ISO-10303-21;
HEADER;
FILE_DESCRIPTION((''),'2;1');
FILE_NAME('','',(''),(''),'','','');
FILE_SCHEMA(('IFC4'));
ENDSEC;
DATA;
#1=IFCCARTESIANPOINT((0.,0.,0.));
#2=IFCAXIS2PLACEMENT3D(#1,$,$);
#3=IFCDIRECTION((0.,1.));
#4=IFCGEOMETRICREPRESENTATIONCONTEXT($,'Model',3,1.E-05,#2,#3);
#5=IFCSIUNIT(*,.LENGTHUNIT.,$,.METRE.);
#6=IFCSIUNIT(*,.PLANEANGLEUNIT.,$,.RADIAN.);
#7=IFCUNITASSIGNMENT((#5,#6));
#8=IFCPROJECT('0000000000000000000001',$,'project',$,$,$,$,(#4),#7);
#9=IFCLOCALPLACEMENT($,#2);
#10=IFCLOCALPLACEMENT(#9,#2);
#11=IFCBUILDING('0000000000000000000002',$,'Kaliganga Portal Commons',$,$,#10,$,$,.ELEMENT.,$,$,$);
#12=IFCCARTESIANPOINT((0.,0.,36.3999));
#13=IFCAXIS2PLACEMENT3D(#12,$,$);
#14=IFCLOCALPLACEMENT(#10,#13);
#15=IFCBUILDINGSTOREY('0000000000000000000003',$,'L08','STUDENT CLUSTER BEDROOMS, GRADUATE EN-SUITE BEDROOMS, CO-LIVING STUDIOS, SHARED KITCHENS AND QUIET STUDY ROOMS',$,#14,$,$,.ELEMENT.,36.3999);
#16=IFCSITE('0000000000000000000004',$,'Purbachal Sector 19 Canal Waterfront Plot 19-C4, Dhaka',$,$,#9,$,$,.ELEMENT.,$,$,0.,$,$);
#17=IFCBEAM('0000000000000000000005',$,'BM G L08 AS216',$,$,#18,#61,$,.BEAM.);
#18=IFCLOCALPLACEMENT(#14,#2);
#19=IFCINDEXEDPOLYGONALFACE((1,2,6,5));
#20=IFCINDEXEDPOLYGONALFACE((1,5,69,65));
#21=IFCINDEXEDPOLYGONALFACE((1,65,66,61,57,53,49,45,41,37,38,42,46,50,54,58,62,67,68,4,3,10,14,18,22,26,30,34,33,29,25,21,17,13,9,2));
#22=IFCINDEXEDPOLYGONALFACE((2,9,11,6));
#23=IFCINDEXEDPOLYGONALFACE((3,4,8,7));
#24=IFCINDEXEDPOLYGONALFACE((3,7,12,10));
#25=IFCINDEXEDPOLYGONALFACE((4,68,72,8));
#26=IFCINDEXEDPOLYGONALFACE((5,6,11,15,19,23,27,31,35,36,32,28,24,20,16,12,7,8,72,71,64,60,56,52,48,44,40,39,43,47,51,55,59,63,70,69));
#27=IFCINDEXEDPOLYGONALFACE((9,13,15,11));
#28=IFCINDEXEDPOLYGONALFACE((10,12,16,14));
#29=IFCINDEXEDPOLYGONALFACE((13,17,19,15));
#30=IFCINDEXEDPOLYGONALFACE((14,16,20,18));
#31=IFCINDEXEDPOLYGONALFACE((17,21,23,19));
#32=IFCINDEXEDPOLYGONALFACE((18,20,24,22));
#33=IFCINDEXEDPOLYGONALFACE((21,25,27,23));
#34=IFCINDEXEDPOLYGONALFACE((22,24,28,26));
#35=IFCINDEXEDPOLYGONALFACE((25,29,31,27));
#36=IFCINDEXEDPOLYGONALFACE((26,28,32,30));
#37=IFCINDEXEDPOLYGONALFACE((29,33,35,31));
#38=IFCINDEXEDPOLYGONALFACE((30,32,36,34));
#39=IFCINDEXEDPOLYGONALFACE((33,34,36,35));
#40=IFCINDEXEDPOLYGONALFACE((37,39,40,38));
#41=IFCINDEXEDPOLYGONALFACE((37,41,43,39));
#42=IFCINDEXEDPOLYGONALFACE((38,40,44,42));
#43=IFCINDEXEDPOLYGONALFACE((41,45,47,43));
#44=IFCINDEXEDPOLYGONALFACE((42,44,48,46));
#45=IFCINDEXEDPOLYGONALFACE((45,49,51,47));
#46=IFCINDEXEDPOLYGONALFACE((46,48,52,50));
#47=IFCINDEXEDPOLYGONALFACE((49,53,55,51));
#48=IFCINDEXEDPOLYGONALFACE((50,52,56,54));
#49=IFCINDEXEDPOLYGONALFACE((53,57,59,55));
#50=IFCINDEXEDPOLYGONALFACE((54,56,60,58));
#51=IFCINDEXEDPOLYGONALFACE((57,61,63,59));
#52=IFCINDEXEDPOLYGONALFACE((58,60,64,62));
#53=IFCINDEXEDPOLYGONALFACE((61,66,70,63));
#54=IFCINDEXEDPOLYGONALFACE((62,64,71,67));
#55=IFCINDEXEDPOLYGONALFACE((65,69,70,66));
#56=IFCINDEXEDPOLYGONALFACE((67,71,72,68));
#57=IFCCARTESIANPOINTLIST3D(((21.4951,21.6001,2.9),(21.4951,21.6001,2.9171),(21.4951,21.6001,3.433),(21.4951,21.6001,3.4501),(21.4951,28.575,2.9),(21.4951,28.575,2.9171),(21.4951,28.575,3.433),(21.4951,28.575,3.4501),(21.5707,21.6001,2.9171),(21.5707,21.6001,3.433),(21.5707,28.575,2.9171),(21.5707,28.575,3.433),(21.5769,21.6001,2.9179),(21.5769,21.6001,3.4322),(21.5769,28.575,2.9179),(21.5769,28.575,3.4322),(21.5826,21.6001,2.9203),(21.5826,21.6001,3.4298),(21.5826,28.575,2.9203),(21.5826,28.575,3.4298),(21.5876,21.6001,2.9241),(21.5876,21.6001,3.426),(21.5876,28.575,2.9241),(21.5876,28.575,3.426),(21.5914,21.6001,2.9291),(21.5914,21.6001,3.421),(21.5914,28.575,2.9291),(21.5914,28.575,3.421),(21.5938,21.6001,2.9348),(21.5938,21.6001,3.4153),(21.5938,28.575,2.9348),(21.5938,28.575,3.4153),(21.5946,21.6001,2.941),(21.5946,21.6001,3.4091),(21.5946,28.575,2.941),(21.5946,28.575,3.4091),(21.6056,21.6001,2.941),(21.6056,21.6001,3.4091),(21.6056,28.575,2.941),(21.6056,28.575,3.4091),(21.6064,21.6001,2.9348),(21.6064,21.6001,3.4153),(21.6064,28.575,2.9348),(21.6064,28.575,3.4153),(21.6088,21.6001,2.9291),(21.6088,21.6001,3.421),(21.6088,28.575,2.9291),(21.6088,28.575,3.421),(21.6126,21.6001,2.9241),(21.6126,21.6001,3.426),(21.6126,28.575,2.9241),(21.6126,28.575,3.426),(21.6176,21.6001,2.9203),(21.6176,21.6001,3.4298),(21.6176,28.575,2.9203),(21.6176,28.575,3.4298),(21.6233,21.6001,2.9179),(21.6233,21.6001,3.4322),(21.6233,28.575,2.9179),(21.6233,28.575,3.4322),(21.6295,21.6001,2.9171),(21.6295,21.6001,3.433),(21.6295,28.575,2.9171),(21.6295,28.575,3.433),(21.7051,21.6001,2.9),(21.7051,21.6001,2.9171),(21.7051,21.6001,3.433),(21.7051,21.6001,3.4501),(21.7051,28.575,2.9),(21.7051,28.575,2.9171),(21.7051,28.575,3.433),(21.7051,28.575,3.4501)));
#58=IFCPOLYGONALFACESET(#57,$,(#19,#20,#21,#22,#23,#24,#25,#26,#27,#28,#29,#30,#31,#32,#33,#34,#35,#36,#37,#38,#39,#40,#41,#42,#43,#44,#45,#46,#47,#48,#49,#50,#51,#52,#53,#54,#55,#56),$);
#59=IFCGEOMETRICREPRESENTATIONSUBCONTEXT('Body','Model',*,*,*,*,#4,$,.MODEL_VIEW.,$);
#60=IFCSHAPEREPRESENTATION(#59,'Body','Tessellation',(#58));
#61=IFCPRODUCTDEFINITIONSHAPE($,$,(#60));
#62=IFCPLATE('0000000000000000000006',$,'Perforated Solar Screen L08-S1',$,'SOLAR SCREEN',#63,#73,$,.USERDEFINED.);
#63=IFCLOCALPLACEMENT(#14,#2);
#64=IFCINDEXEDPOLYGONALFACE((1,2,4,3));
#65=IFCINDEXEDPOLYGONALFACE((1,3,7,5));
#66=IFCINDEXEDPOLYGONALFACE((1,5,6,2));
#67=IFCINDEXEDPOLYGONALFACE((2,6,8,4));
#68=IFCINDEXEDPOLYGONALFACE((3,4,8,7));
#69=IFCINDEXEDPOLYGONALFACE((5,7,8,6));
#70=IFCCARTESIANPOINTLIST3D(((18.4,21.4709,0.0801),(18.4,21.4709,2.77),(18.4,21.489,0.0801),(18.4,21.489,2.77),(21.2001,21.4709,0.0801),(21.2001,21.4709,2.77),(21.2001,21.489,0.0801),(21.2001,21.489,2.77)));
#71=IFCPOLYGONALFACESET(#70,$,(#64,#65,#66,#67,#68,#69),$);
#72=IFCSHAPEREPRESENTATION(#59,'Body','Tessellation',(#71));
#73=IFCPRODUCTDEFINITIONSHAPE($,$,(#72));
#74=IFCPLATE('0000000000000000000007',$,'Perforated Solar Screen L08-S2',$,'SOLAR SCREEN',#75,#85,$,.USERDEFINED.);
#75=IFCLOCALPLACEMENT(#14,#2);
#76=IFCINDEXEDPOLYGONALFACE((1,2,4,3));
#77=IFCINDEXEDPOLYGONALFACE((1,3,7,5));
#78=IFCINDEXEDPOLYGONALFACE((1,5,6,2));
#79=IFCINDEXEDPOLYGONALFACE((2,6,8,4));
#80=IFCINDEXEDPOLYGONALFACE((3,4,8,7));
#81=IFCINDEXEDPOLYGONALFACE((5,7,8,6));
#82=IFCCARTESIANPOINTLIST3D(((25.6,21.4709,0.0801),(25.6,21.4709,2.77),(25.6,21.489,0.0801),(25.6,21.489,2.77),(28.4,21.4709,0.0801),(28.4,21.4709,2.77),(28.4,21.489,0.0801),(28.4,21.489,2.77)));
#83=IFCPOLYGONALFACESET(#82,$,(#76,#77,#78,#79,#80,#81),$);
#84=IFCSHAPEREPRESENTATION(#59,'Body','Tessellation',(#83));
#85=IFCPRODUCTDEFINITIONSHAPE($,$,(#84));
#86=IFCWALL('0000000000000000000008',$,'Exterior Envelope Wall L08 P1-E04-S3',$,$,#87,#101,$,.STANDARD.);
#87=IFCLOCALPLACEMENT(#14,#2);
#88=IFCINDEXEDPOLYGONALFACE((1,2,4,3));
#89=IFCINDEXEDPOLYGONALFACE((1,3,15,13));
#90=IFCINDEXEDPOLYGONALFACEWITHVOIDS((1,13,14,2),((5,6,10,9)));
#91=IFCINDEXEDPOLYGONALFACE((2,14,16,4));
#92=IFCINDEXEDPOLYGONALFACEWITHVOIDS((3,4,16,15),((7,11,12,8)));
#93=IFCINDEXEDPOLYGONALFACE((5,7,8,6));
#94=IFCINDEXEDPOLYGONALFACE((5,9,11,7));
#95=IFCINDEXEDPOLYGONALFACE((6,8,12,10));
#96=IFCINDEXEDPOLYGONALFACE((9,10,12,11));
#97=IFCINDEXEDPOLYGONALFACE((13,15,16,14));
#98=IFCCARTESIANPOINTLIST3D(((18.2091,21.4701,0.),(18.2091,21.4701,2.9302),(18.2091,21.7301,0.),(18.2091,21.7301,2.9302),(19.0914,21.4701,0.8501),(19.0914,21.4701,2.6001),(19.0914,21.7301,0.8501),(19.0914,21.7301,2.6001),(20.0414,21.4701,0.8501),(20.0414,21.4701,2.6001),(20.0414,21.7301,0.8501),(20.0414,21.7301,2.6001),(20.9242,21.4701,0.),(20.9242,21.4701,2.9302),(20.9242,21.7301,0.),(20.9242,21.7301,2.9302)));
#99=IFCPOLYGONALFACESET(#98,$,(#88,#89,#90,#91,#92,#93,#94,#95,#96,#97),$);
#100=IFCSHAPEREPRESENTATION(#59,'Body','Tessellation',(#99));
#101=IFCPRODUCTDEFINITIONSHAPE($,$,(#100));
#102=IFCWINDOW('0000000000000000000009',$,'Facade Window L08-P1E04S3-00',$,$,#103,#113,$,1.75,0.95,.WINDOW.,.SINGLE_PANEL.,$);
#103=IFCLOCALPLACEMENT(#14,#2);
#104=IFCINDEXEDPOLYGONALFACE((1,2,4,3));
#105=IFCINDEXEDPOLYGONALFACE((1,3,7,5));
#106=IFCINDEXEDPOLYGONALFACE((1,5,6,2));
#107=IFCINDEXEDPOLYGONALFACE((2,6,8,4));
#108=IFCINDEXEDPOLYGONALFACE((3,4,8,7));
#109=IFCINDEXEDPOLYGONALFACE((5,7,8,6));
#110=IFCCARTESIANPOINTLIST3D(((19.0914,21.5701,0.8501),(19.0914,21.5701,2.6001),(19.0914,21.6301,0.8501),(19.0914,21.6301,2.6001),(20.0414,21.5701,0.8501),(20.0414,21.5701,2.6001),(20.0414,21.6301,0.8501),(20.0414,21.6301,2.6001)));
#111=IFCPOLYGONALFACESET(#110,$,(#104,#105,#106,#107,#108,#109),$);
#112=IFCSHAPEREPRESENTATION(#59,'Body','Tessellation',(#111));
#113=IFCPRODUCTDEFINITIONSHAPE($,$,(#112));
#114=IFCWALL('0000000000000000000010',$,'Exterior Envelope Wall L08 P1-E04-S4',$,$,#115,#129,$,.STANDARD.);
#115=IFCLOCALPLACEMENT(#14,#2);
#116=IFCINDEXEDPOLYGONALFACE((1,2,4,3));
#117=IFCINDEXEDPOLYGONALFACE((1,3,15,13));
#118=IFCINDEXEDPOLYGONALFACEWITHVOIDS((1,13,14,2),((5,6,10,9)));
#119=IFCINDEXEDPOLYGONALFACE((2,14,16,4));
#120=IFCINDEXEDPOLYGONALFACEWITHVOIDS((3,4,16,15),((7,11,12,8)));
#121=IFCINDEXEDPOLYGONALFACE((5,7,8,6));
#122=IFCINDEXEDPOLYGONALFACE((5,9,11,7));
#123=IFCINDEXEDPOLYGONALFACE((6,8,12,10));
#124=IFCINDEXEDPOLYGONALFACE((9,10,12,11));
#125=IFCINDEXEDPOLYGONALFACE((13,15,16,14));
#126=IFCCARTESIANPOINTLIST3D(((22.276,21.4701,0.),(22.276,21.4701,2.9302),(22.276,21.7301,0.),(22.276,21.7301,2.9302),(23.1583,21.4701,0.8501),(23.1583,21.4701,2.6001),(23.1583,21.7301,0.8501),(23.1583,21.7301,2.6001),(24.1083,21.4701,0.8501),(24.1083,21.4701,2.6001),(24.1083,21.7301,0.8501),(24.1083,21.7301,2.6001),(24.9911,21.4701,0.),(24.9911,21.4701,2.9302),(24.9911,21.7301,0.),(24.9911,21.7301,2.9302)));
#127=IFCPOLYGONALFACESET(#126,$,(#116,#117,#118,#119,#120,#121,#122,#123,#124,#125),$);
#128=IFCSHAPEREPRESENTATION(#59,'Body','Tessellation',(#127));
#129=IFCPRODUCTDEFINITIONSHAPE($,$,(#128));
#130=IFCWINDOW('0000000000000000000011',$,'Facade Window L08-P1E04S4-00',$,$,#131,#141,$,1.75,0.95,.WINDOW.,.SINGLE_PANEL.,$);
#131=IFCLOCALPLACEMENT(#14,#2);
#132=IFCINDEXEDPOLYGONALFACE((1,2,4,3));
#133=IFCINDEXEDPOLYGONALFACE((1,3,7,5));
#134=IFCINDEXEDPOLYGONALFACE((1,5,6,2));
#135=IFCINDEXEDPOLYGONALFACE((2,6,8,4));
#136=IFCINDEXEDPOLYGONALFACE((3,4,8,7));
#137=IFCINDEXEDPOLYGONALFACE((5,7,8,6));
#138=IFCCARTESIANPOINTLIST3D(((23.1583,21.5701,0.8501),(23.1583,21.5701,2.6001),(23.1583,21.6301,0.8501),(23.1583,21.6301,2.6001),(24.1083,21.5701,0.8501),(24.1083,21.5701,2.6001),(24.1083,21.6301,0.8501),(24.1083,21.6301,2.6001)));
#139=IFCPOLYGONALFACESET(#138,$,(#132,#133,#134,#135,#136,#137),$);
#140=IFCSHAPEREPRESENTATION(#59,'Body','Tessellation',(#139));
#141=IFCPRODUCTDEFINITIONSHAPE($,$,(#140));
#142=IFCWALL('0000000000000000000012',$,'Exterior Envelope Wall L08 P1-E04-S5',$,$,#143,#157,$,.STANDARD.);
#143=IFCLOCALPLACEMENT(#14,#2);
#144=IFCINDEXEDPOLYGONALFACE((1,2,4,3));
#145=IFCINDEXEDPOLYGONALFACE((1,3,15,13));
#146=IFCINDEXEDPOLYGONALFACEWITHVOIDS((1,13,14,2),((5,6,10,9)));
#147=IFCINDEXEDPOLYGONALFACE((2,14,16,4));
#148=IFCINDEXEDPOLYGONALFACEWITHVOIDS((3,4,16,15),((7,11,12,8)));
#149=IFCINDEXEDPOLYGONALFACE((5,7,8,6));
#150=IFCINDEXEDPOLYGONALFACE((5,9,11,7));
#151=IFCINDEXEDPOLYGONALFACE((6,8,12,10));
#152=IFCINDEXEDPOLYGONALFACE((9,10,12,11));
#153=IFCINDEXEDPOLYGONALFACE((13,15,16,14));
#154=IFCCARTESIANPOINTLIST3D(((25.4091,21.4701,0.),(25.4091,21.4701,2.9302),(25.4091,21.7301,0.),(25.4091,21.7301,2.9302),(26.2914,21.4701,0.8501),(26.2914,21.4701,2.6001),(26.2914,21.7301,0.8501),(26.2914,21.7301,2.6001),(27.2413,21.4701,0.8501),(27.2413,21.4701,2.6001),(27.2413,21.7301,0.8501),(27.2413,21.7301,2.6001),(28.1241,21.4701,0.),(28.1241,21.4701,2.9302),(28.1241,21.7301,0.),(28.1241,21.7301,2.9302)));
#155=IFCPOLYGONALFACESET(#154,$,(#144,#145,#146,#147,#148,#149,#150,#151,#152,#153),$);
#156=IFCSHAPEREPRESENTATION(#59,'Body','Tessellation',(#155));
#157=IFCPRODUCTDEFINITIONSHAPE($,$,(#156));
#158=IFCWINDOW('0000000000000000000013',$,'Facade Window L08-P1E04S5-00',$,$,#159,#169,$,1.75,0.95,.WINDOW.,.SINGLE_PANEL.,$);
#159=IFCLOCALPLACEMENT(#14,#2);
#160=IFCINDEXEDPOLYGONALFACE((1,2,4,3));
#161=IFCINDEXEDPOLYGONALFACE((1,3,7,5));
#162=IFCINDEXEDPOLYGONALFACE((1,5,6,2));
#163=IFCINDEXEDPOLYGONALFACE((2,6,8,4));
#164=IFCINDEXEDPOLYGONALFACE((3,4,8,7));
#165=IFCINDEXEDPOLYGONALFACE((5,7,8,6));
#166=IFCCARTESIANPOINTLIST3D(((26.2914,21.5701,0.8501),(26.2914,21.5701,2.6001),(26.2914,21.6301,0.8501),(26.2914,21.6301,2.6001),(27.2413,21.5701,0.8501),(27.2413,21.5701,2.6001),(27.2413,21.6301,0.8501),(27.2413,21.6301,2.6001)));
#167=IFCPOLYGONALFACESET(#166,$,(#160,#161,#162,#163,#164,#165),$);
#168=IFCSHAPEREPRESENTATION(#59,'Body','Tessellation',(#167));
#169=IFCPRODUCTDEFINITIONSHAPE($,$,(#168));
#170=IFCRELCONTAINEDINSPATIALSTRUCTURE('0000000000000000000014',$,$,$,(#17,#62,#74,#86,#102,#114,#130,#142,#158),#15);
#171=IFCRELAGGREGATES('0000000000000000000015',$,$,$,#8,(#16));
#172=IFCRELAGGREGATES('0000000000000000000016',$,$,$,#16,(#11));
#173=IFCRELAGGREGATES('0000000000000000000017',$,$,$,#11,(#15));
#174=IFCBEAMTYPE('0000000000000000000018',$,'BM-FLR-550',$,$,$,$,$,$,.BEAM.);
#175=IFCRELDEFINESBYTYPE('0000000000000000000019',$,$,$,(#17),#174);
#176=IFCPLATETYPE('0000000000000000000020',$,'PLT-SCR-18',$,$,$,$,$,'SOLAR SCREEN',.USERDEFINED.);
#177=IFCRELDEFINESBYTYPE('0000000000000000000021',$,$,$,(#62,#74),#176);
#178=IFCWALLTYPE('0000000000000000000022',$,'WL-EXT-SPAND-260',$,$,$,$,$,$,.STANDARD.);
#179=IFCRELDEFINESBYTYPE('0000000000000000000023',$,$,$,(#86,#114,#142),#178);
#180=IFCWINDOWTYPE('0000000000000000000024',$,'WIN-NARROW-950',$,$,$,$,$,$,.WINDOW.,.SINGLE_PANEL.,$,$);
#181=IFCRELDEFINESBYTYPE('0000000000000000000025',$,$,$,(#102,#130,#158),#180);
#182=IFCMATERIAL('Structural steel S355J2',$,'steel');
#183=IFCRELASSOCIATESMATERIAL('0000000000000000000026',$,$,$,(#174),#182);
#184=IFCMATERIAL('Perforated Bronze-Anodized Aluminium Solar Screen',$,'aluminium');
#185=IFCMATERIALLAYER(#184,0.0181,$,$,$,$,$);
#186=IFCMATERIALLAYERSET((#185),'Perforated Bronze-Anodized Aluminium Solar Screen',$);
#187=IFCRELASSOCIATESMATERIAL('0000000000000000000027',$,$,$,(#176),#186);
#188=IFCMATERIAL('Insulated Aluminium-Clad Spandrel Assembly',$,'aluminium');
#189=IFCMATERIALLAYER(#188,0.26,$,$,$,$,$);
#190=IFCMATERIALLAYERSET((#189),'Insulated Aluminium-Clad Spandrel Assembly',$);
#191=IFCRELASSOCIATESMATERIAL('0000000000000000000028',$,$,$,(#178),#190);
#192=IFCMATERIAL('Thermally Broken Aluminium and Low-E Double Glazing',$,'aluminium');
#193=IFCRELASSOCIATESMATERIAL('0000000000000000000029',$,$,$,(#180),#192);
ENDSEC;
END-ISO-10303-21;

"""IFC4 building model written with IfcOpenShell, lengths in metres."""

from ifc_helpers import new_model, si_unit, direction, frame, frame_2d, origin, origin_2d, place, context, subcontext, project, spatial, rectangle, i_section, extrude, source, transform, mapped, material, layer, layer_set, material_profile, profile_set, type_object, element, fill, save


model = new_model("IFC4")

# Units and contexts
model_context = context("Model", 3, precision=1e-05, world=origin(), true_north=direction((0.0, 1.0)))
body_context = subcontext(model_context, "Body", "Model", "MODEL_VIEW")
ifc_project = project(units=[si_unit("LENGTHUNIT", "METRE"), si_unit("PLANEANGLEUNIT", "RADIAN")], contexts=[model_context])

# Site, building, storey
site_placement = place(None, origin())
site = spatial("IfcSite", under=ifc_project, at=site_placement, Name="Purbachal Sector 19 Canal Waterfront Plot 19-C4, Dhaka", CompositionType="ELEMENT", RefElevation=0.0)
building_placement = place(site_placement, origin())
building = spatial("IfcBuilding", under=site, at=building_placement, Name="Kaliganga Portal Commons", CompositionType="ELEMENT")
storey_placement = place(building_placement, frame((0.0, 0.0, 36.3999)))
storey = spatial("IfcBuildingStorey", under=building, at=storey_placement, Name="L08", Description="STUDENT CLUSTER BEDROOMS, GRADUATE EN-SUITE BEDROOMS, CO-LIVING STUDIOS, SHARED KITCHENS AND QUIET STUDY ROOMS", CompositionType="ELEMENT", Elevation=36.3999)

# Beam
ifc_material_1 = material(Name="Structural steel S355J2", Category="steel")
ifc_material_profile_1 = material_profile(ifc_material_1, i_section(OverallWidth=0.21, OverallDepth=0.55, WebThickness=0.011, FlangeThickness=0.0171, FilletRadius=0.0239, at=origin_2d()), Name="IPE 550")
ifc_profile_set_1 = profile_set([ifc_material_profile_1], Name="Structural steel S355J2 wide-flange")
beam_type_1 = type_object("IfcBeamType", Name="BM-FLR-550", PredefinedType="BEAM", material=ifc_profile_set_1)
shared_shape_1 = source(origin(), body_context, "Body", "SweptSolid", [
    extrude(i_section(OverallWidth=0.21, OverallDepth=0.55, WebThickness=0.011, FlangeThickness=0.0171, FilletRadius=0.0239, at=origin_2d()), origin(), (0.0, 0.0, 1.0), 6.9749),
])
beam_1_placement = place(storey_placement, frame((21.6001, 21.6001, 3.175), z_axis=(0.0, 1.0, 0.0), x_axis=(-1.0, 0.0, 0.0)))
element("IfcBeam", 1, at=beam_1_placement, inside=storey, type_object=beam_type_1, Name="BM G L08 AS216", PredefinedType="BEAM", context=body_context, shape_type="MappedRepresentation", body=[
    mapped(shared_shape_1, transform((0.0, 0.0, 0.0), x_axis=(1.0, 0.0, 0.0), y_axis=(0.0, 1.0, 0.0), z_axis=(0.0, 0.0, 1.0), scale=1.0)),
])

# Plates
ifc_material_2 = material(Name="Perforated Bronze-Anodized Aluminium Solar Screen", Category="aluminium")
ifc_layer_1 = layer(ifc_material_2, 0.0181)
ifc_layer_set_1 = layer_set([ifc_layer_1], Name="Perforated Bronze-Anodized Aluminium Solar Screen")
plate_type = type_object("IfcPlateType", Name="PLT-SCR-18", ElementType="SOLAR SCREEN", PredefinedType="USERDEFINED", material=ifc_layer_set_1)
shared_shape_2 = source(origin(), body_context, "Body", "SweptSolid", [
    extrude(rectangle(XDim=2.8, YDim=0.0181, at=origin_2d()), origin(), (0.0, 0.0, 1.0), 2.6899),
])
for number, where, z_axis, x_axis, name in (
    (2, (19.8, 21.48, 0.0801), (0.0, 0.0, 1.0), (1.0, 0.0, 0.0), "Perforated Solar Screen L08-S1"),
    (3, (27.0, 21.48, 0.0801), (0.0, 0.0, 1.0), (1.0, 0.0, 0.0), "Perforated Solar Screen L08-S2"),
):
    element("IfcPlate", number, at=place(storey_placement, frame(where, z_axis=z_axis, x_axis=x_axis)), inside=storey, type_object=plate_type, Name=name, ObjectType="SOLAR SCREEN", PredefinedType="USERDEFINED", context=body_context, shape_type="MappedRepresentation", body=[
        mapped(shared_shape_2, transform((0.0, 0.0, 0.0), x_axis=(1.0, 0.0, 0.0), y_axis=(0.0, 1.0, 0.0), z_axis=(0.0, 0.0, 1.0), scale=1.0)),
    ])

# Walls, openings, windows
ifc_material_3 = material(Name="Insulated Aluminium-Clad Spandrel Assembly", Category="aluminium")
ifc_layer_2 = layer(ifc_material_3, 0.26)
ifc_layer_set_2 = layer_set([ifc_layer_2], Name="Insulated Aluminium-Clad Spandrel Assembly")
wall_type_1 = type_object("IfcWallType", Name="WL-EXT-SPAND-260", PredefinedType="STANDARD", material=ifc_layer_set_2)
wall_1_placement = place(storey_placement, frame((20.9241, 21.6001, 0.0), z_axis=(0.0, 0.0, 1.0), x_axis=(-1.0, 0.0, 0.0)))
wall_1 = element("IfcWall", 4, at=wall_1_placement, inside=storey, type_object=wall_type_1, Name="Exterior Envelope Wall L08 P1-E04-S3", PredefinedType="STANDARD", context=body_context, shape_type="SweptSolid", body=[
    extrude(rectangle(XDim=2.7151, YDim=0.26, at=frame_2d((1.3574, 0.0))), origin(), (0.0, 0.0, 1.0), 2.9302),
])
opening_1_placement = place(wall_1_placement, frame((0.8826, 0.0, 0.8501)))
opening_1 = element("IfcOpeningElement", 5, at=opening_1_placement, cuts=wall_1, PredefinedType="OPENING", context=body_context, shape_type="SweptSolid", body=[
    extrude(rectangle(XDim=0.95, YDim=1.75, at=frame_2d((0.4751, 0.875))), frame((0.0, 0.1401, 0.0), z_axis=(0.0, -1.0, 0.0), x_axis=(1.0, 0.0, 0.0)), (0.0, 0.0, 1.0), 0.28),
])
ifc_material_4 = material(Name="Thermally Broken Aluminium and Low-E Double Glazing", Category="aluminium")
window_type_1 = type_object("IfcWindowType", Name="WIN-NARROW-950", PartitioningType="SINGLE_PANEL", PredefinedType="WINDOW", material=ifc_material_4)
window_1_placement = place(opening_1_placement, origin())
window_1 = element("IfcWindow", 6, at=window_1_placement, inside=storey, type_object=window_type_1, Name="Facade Window L08-P1E04S3-00", OverallHeight=1.75, OverallWidth=0.95, PartitioningType="SINGLE_PANEL", PredefinedType="WINDOW", context=body_context, shape_type="SweptSolid", body=[
    extrude(rectangle(XDim=0.95, YDim=1.75, at=frame_2d((0.4751, 0.875))), frame((0.0, 0.03, 0.0), z_axis=(0.0, -1.0, 0.0), x_axis=(1.0, 0.0, 0.0)), (0.0, 0.0, 1.0), 0.0601),
])
fill(opening_1, window_1)
wall_2_placement = place(storey_placement, frame((24.991, 21.6001, 0.0), z_axis=(0.0, 0.0, 1.0), x_axis=(-1.0, 0.0, 0.0)))
wall_2 = element("IfcWall", 7, at=wall_2_placement, inside=storey, type_object=wall_type_1, Name="Exterior Envelope Wall L08 P1-E04-S4", PredefinedType="STANDARD", context=body_context, shape_type="SweptSolid", body=[
    extrude(rectangle(XDim=2.7151, YDim=0.26, at=frame_2d((1.3574, 0.0))), origin(), (0.0, 0.0, 1.0), 2.9302),
])
opening_2_placement = place(wall_2_placement, frame((0.8826, 0.0, 0.8501)))
opening_2 = element("IfcOpeningElement", 8, at=opening_2_placement, cuts=wall_2, PredefinedType="OPENING", context=body_context, shape_type="SweptSolid", body=[
    extrude(rectangle(XDim=0.95, YDim=1.75, at=frame_2d((0.4751, 0.875))), frame((0.0, 0.1401, 0.0), z_axis=(0.0, -1.0, 0.0), x_axis=(1.0, 0.0, 0.0)), (0.0, 0.0, 1.0), 0.28),
])
window_2_placement = place(opening_2_placement, origin())
window_2 = element("IfcWindow", 9, at=window_2_placement, inside=storey, type_object=window_type_1, Name="Facade Window L08-P1E04S4-00", OverallHeight=1.75, OverallWidth=0.95, PartitioningType="SINGLE_PANEL", PredefinedType="WINDOW", context=body_context, shape_type="SweptSolid", body=[
    extrude(rectangle(XDim=0.95, YDim=1.75, at=frame_2d((0.4751, 0.875))), frame((0.0, 0.03, 0.0), z_axis=(0.0, -1.0, 0.0), x_axis=(1.0, 0.0, 0.0)), (0.0, 0.0, 1.0), 0.0601),
])
fill(opening_2, window_2)
wall_3_placement = place(storey_placement, frame((28.124, 21.6001, 0.0), z_axis=(0.0, 0.0, 1.0), x_axis=(-1.0, 0.0, 0.0)))
wall_3 = element("IfcWall", 10, at=wall_3_placement, inside=storey, type_object=wall_type_1, Name="Exterior Envelope Wall L08 P1-E04-S5", PredefinedType="STANDARD", context=body_context, shape_type="SweptSolid", body=[
    extrude(rectangle(XDim=2.7151, YDim=0.26, at=frame_2d((1.3574, 0.0))), origin(), (0.0, 0.0, 1.0), 2.9302),
])
opening_3_placement = place(wall_3_placement, frame((0.8826, 0.0, 0.8501)))
opening_3 = element("IfcOpeningElement", 11, at=opening_3_placement, cuts=wall_3, PredefinedType="OPENING", context=body_context, shape_type="SweptSolid", body=[
    extrude(rectangle(XDim=0.95, YDim=1.75, at=frame_2d((0.4751, 0.875))), frame((0.0, 0.1401, 0.0), z_axis=(0.0, -1.0, 0.0), x_axis=(1.0, 0.0, 0.0)), (0.0, 0.0, 1.0), 0.28),
])
window_3_placement = place(opening_3_placement, origin())
window_3 = element("IfcWindow", 12, at=window_3_placement, inside=storey, type_object=window_type_1, Name="Facade Window L08-P1E04S5-00", OverallHeight=1.75, OverallWidth=0.95, PartitioningType="SINGLE_PANEL", PredefinedType="WINDOW", context=body_context, shape_type="SweptSolid", body=[
    extrude(rectangle(XDim=0.95, YDim=1.75, at=frame_2d((0.4751, 0.875))), frame((0.0, 0.03, 0.0), z_axis=(0.0, -1.0, 0.0), x_axis=(1.0, 0.0, 0.0)), (0.0, 0.0, 1.0), 0.0601),
])
fill(opening_3, window_3)

save(model, "model.ifc")
